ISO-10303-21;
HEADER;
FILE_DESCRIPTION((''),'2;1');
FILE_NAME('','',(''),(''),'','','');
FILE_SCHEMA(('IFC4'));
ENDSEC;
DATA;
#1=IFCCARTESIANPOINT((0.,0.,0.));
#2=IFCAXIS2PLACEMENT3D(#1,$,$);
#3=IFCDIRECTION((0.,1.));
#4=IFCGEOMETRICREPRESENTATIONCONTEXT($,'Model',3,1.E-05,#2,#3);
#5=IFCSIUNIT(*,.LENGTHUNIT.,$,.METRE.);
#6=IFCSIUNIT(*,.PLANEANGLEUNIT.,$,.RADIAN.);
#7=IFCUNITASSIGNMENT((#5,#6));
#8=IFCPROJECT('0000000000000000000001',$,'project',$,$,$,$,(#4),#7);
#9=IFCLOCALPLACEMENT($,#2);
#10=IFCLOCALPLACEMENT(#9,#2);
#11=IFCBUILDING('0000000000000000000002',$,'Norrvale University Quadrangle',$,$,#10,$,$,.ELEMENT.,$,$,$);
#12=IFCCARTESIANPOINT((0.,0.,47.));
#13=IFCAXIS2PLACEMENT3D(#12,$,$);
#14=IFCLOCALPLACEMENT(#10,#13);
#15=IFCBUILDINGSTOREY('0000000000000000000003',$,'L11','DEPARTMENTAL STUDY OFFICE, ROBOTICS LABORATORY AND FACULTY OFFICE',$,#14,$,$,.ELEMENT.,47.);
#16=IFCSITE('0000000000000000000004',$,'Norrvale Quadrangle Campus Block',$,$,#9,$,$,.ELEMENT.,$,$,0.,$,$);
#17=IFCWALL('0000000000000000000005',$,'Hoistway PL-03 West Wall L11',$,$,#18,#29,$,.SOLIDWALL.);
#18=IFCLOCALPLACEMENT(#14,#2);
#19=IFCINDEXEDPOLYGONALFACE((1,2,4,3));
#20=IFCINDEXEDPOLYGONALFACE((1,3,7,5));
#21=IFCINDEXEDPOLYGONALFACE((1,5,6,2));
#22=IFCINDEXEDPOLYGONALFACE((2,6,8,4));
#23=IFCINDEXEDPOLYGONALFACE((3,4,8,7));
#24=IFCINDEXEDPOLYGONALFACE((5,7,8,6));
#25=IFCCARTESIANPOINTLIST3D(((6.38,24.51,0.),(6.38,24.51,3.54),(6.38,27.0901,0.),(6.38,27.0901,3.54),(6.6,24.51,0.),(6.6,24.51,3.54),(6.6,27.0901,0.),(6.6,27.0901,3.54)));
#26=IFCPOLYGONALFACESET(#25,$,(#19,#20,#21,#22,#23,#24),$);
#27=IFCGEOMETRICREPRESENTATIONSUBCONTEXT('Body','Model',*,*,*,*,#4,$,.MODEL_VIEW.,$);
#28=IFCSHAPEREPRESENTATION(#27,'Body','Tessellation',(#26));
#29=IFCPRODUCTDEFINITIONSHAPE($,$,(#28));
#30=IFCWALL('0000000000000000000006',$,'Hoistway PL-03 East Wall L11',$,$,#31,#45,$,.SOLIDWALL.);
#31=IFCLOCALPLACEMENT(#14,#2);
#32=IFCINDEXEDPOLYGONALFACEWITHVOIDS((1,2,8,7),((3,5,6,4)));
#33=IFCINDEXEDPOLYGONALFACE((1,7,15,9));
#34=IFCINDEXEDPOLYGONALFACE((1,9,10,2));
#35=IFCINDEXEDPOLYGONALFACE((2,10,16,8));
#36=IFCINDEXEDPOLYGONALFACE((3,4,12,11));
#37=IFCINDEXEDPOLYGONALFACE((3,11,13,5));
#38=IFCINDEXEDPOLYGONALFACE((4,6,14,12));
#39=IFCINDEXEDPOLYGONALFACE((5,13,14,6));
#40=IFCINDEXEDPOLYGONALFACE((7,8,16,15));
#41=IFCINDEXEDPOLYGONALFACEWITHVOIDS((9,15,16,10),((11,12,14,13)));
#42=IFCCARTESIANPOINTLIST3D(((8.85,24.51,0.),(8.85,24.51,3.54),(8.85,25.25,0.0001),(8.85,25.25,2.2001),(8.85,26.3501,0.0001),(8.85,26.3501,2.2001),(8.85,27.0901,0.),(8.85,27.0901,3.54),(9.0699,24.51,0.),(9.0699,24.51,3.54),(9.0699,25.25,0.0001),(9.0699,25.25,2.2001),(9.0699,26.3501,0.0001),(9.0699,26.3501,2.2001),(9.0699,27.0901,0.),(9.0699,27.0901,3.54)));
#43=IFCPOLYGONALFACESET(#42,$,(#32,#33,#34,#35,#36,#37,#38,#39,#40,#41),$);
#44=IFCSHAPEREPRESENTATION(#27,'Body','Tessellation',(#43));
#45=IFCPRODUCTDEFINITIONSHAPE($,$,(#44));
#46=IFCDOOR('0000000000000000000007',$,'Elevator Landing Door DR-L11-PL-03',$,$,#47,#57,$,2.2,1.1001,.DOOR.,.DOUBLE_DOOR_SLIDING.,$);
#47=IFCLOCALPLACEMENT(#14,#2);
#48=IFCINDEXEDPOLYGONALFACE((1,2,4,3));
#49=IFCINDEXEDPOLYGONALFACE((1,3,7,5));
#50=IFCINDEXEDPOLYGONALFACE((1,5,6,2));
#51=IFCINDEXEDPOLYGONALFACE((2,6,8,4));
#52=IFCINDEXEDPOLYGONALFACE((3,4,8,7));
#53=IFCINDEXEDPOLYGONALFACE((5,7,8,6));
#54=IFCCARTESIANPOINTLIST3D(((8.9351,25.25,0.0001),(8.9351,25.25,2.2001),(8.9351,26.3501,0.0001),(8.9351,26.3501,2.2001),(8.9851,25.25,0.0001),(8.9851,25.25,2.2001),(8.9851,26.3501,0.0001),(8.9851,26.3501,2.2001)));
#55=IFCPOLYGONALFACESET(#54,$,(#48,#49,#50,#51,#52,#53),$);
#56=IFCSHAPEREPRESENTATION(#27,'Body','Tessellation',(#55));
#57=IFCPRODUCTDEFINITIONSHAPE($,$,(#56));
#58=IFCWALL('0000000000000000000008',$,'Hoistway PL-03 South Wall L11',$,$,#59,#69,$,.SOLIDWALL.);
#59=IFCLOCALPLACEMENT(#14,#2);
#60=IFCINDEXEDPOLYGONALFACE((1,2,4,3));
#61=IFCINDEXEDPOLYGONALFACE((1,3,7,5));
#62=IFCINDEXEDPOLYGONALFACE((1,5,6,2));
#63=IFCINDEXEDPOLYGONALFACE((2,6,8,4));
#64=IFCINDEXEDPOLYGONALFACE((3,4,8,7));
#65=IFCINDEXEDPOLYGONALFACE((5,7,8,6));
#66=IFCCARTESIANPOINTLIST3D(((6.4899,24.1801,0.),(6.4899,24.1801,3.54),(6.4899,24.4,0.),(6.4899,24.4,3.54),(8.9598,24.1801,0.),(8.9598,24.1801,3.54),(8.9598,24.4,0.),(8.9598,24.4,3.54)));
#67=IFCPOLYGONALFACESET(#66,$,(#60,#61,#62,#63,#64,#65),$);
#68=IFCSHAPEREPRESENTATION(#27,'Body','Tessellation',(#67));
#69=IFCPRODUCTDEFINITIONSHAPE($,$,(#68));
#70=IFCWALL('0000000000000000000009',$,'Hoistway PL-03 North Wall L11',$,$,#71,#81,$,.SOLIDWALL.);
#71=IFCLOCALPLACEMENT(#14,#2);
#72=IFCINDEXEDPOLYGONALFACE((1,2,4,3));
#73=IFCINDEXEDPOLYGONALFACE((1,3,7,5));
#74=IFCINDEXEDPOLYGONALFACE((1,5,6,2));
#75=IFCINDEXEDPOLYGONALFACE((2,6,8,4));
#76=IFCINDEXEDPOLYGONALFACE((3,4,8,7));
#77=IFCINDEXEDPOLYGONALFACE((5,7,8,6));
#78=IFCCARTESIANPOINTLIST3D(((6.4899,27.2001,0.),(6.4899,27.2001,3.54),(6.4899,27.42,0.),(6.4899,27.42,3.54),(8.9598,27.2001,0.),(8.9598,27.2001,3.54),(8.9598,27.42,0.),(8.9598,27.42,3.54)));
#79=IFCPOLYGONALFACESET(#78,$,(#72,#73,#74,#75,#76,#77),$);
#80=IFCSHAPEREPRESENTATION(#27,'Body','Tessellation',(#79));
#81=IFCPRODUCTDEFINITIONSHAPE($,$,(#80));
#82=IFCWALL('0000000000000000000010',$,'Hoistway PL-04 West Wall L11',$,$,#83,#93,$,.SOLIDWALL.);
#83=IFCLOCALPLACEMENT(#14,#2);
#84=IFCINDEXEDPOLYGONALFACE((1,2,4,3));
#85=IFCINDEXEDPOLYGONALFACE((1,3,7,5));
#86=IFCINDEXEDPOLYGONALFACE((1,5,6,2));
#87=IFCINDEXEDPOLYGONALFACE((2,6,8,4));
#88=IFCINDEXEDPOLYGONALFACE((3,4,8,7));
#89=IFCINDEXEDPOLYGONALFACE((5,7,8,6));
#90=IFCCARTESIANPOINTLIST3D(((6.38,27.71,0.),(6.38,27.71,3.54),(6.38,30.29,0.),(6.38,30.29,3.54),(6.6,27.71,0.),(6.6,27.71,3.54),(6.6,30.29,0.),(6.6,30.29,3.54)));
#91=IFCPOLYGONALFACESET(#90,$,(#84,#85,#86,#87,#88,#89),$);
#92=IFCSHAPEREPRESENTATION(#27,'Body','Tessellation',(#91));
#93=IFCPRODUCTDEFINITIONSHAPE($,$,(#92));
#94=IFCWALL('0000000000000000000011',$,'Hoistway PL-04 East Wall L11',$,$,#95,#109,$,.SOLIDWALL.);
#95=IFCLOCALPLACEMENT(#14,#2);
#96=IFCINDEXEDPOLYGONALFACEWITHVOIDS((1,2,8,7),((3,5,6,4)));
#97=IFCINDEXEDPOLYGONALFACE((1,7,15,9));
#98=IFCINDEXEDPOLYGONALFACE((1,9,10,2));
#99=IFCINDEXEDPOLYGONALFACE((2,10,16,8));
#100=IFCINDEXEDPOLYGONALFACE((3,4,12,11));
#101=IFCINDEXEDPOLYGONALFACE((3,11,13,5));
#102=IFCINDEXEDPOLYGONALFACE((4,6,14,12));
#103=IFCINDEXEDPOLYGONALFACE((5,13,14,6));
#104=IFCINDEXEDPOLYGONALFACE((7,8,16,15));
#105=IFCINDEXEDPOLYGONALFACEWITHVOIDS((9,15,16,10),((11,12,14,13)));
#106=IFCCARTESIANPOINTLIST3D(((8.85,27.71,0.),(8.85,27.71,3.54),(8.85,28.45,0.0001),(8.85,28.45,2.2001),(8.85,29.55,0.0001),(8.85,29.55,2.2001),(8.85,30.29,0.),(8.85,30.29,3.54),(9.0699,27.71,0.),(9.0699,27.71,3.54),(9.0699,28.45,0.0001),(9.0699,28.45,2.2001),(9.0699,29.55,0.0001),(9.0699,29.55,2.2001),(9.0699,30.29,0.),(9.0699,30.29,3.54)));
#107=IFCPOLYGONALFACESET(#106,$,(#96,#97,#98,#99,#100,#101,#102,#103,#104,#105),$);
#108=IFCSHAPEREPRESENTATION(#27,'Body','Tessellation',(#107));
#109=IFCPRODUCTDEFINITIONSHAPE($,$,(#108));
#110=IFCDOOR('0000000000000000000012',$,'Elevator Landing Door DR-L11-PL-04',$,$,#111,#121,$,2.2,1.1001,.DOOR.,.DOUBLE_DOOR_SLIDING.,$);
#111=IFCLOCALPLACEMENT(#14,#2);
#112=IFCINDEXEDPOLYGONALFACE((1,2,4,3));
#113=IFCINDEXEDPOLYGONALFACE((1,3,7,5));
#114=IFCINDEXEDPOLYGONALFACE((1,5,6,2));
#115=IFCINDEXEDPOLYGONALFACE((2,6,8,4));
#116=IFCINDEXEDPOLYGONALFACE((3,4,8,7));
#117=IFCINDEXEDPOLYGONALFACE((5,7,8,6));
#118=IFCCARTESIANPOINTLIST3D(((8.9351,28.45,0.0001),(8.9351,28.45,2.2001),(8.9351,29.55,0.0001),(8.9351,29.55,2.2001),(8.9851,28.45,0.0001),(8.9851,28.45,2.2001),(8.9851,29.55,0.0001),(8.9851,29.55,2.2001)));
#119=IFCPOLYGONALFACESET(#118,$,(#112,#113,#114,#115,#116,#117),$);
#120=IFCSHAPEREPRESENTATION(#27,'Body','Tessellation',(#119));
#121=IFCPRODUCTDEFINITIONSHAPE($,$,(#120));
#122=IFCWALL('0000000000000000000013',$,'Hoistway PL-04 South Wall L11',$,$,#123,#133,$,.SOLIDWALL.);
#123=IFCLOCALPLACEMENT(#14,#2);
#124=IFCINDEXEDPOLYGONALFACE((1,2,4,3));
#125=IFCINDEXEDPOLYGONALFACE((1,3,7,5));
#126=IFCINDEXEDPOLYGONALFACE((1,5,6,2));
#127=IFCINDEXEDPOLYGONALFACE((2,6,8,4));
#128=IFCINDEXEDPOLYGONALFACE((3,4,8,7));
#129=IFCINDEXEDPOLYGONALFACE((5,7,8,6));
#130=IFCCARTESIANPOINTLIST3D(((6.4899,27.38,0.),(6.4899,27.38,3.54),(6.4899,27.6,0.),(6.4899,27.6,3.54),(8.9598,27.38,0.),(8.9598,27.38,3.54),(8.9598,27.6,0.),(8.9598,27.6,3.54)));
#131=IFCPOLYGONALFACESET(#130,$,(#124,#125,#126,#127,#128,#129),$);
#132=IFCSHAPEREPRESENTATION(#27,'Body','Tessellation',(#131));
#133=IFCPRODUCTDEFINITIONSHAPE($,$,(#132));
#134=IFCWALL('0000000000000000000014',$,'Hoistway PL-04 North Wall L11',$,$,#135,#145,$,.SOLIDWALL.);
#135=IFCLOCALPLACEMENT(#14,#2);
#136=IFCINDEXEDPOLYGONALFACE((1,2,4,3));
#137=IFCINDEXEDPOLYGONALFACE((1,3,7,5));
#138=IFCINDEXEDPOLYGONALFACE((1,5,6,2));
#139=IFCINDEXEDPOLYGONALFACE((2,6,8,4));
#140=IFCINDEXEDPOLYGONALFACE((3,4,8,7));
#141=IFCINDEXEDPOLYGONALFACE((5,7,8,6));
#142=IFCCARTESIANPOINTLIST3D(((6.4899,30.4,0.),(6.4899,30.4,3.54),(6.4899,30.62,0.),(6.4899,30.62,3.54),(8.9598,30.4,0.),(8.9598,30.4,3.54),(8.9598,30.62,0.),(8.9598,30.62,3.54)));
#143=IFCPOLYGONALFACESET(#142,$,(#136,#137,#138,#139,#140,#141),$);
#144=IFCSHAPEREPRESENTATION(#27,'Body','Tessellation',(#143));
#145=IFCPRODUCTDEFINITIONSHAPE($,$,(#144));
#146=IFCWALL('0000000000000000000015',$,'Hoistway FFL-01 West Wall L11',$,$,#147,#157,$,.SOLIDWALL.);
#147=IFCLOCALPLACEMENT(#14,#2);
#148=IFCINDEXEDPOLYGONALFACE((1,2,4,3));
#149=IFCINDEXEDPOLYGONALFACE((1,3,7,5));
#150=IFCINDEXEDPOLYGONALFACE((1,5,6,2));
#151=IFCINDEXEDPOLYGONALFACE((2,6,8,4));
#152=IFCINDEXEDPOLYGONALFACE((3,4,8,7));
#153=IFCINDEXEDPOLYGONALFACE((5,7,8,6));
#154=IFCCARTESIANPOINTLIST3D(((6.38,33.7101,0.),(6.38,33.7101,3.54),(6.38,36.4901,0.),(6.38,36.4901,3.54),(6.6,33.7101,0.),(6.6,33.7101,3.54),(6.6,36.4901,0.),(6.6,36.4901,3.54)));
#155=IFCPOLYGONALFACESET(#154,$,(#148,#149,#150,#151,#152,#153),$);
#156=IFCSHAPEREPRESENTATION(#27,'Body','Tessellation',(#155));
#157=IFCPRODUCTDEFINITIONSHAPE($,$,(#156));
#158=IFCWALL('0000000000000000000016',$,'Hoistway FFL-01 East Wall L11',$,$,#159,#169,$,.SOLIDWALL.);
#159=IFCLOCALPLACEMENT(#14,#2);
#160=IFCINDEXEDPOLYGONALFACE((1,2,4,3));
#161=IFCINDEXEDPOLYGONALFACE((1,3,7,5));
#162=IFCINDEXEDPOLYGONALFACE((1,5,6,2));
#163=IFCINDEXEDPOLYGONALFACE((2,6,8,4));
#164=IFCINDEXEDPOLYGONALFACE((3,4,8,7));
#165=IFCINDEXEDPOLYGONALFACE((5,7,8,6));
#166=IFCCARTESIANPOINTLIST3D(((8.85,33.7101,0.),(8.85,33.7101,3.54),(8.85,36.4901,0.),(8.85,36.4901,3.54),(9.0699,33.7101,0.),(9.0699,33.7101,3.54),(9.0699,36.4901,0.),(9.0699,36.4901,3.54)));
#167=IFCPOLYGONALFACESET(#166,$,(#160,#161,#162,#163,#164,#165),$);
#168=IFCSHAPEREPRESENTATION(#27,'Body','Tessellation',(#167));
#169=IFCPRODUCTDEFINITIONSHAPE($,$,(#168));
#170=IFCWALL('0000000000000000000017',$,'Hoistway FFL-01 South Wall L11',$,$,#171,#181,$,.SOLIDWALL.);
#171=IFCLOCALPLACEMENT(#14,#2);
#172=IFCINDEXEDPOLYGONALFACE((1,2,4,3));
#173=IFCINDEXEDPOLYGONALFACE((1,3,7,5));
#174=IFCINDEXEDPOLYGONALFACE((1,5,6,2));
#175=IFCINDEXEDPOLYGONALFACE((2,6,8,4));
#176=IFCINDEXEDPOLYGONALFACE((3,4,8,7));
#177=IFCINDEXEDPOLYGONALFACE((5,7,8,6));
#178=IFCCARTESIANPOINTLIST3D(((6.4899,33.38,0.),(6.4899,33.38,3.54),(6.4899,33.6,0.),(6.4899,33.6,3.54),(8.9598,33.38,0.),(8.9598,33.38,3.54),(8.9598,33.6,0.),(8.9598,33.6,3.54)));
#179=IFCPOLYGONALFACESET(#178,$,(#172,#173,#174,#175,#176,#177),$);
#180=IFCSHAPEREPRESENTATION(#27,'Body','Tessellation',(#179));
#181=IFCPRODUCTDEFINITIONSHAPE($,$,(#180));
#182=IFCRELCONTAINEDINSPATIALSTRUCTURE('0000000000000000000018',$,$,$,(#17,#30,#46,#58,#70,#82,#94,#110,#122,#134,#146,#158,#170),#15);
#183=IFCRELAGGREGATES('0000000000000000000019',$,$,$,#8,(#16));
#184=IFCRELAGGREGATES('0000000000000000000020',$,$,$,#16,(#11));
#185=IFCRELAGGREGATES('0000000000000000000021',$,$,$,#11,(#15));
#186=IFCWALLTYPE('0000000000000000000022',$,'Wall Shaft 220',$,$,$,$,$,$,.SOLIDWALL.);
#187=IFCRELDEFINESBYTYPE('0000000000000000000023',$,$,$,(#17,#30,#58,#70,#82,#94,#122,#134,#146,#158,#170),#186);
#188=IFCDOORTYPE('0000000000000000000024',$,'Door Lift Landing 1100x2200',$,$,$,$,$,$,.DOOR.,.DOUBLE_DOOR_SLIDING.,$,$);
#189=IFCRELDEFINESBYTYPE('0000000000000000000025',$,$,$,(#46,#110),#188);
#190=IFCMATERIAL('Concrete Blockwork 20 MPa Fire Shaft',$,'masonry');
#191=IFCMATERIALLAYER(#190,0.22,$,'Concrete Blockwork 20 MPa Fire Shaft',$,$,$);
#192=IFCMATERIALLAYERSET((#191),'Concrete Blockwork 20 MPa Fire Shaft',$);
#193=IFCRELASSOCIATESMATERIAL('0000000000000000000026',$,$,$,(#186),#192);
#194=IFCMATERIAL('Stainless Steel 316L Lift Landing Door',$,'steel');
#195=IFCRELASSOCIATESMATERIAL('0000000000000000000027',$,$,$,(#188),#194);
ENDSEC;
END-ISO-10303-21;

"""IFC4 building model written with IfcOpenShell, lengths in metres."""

from ifc_helpers import new_model, si_unit, direction, frame, frame_2d, origin, place, context, subcontext, project, spatial, rectangle, extrude, material, layer, layer_set, type_object, element, fill, save


model = new_model("IFC4")

# Units and contexts
model_context = context("Model", 3, precision=1e-05, world=origin(), true_north=direction((0.0, 1.0)))
body_context = subcontext(model_context, "Body", "Model", "MODEL_VIEW")
ifc_project = project(units=[si_unit("LENGTHUNIT", "METRE"), si_unit("PLANEANGLEUNIT", "RADIAN")], contexts=[model_context])

# Site, building, storey
site_placement = place(None, origin())
site = spatial("IfcSite", under=ifc_project, at=site_placement, Name="Norrvale Quadrangle Campus Block", CompositionType="ELEMENT", RefElevation=0.0)
building_placement = place(site_placement, origin())
building = spatial("IfcBuilding", under=site, at=building_placement, Name="Norrvale University Quadrangle", CompositionType="ELEMENT")
storey_placement = place(building_placement, frame((0.0, 0.0, 47.0)))
storey = spatial("IfcBuildingStorey", under=building, at=storey_placement, Name="L11", Description="DEPARTMENTAL STUDY OFFICE, ROBOTICS LABORATORY AND FACULTY OFFICE", CompositionType="ELEMENT", Elevation=47.0)

# Wall
ifc_material_1 = material(Name="Concrete Blockwork 20 MPa Fire Shaft", Category="masonry")
ifc_layer_1 = layer(ifc_material_1, 0.22, Name="Concrete Blockwork 20 MPa Fire Shaft")
ifc_layer_set_1 = layer_set([ifc_layer_1], Name="Concrete Blockwork 20 MPa Fire Shaft")
wall_type_1 = type_object("IfcWallType", Name="Wall Shaft 220", PredefinedType="SOLIDWALL", material=ifc_layer_set_1)
wall_1_placement = place(storey_placement, frame((6.49, 24.51, 0.0), z_axis=(0.0, 0.0, 1.0), x_axis=(0.0, 1.0, 0.0)))
element("IfcWall", 1, at=wall_1_placement, inside=storey, type_object=wall_type_1, Name="Hoistway PL-03 West Wall L11", PredefinedType="SOLIDWALL", context=body_context, shape_type="SweptSolid", body=[
    extrude(rectangle(XDim=2.5801, YDim=0.22, at=frame_2d((1.29, 0.0))), origin(), (0.0, 0.0, 1.0), 3.54),
])

# Wall, opening, door
wall_2_placement = place(storey_placement, frame((8.96, 24.51, 0.0), z_axis=(0.0, 0.0, 1.0), x_axis=(0.0, 1.0, 0.0)))
wall_2 = element("IfcWall", 2, at=wall_2_placement, inside=storey, type_object=wall_type_1, Name="Hoistway PL-03 East Wall L11", PredefinedType="SOLIDWALL", context=body_context, shape_type="SweptSolid", body=[
    extrude(rectangle(XDim=2.5801, YDim=0.22, at=frame_2d((1.29, 0.0))), origin(), (0.0, 0.0, 1.0), 3.54),
])
opening_1_placement = place(wall_2_placement, frame((0.74, 0.0, 0.0)))
opening_1 = element("IfcOpeningElement", 3, at=opening_1_placement, cuts=wall_2, PredefinedType="OPENING", context=body_context, shape_type="SweptSolid", body=[
    extrude(rectangle(XDim=1.1001, YDim=2.2, at=frame_2d((0.55, 1.1001))), frame((0.0, 0.1221, 0.0), z_axis=(0.0, -1.0, 0.0), x_axis=(1.0, 0.0, 0.0)), (0.0, 0.0, 1.0), 0.2439),
])
ifc_material_2 = material(Name="Stainless Steel 316L Lift Landing Door", Category="steel")
door_type_1 = type_object("IfcDoorType", Name="Door Lift Landing 1100x2200", OperationType="DOUBLE_DOOR_SLIDING", PredefinedType="DOOR", material=ifc_material_2)
door_1_placement = place(opening_1_placement, origin())
door_1 = element("IfcDoor", 4, at=door_1_placement, inside=storey, type_object=door_type_1, Name="Elevator Landing Door DR-L11-PL-03", OperationType="DOUBLE_DOOR_SLIDING", OverallHeight=2.2, OverallWidth=1.1001, PredefinedType="DOOR", context=body_context, shape_type="SweptSolid", body=[
    extrude(rectangle(XDim=1.1001, YDim=2.2, at=frame_2d((0.55, 1.1001))), frame((0.0, 0.0249, 0.0), z_axis=(0.0, -1.0, 0.0), x_axis=(1.0, 0.0, 0.0)), (0.0, 0.0, 1.0), 0.05),
])
fill(opening_1, door_1)

# Walls
for number, where, z_axis, x_axis, name in (
    (5, (6.49, 24.29, 0.0), (0.0, 0.0, 1.0), (1.0, 0.0, 0.0), "Hoistway PL-03 South Wall L11"),
    (6, (6.49, 27.3101, 0.0), (0.0, 0.0, 1.0), (1.0, 0.0, 0.0), "Hoistway PL-03 North Wall L11"),
):
    element("IfcWall", number, at=place(storey_placement, frame(where, z_axis=z_axis, x_axis=x_axis)), inside=storey, type_object=wall_type_1, Name=name, PredefinedType="SOLIDWALL", context=body_context, shape_type="SweptSolid", body=[
        extrude(rectangle(XDim=2.47, YDim=0.22, at=frame_2d((1.2349, 0.0))), origin(), (0.0, 0.0, 1.0), 3.54),
    ])
wall_3_placement = place(storey_placement, frame((6.49, 27.71, 0.0), z_axis=(0.0, 0.0, 1.0), x_axis=(0.0, 1.0, 0.0)))
element("IfcWall", 7, at=wall_3_placement, inside=storey, type_object=wall_type_1, Name="Hoistway PL-04 West Wall L11", PredefinedType="SOLIDWALL", context=body_context, shape_type="SweptSolid", body=[
    extrude(rectangle(XDim=2.5801, YDim=0.22, at=frame_2d((1.29, 0.0))), origin(), (0.0, 0.0, 1.0), 3.54),
])

# Wall, opening, door
wall_4_placement = place(storey_placement, frame((8.96, 27.71, 0.0), z_axis=(0.0, 0.0, 1.0), x_axis=(0.0, 1.0, 0.0)))
wall_4 = element("IfcWall", 8, at=wall_4_placement, inside=storey, type_object=wall_type_1, Name="Hoistway PL-04 East Wall L11", PredefinedType="SOLIDWALL", context=body_context, shape_type="SweptSolid", body=[
    extrude(rectangle(XDim=2.5801, YDim=0.22, at=frame_2d((1.29, 0.0))), origin(), (0.0, 0.0, 1.0), 3.54),
])
opening_2_placement = place(wall_4_placement, frame((0.74, 0.0, 0.0)))
opening_2 = element("IfcOpeningElement", 9, at=opening_2_placement, cuts=wall_4, PredefinedType="OPENING", context=body_context, shape_type="SweptSolid", body=[
    extrude(rectangle(XDim=1.1001, YDim=2.2, at=frame_2d((0.55, 1.1001))), frame((0.0, 0.1221, 0.0), z_axis=(0.0, -1.0, 0.0), x_axis=(1.0, 0.0, 0.0)), (0.0, 0.0, 1.0), 0.2439),
])
door_2_placement = place(opening_2_placement, origin())
door_2 = element("IfcDoor", 10, at=door_2_placement, inside=storey, type_object=door_type_1, Name="Elevator Landing Door DR-L11-PL-04", OperationType="DOUBLE_DOOR_SLIDING", OverallHeight=2.2, OverallWidth=1.1001, PredefinedType="DOOR", context=body_context, shape_type="SweptSolid", body=[
    extrude(rectangle(XDim=1.1001, YDim=2.2, at=frame_2d((0.55, 1.1001))), frame((0.0, 0.0249, 0.0), z_axis=(0.0, -1.0, 0.0), x_axis=(1.0, 0.0, 0.0)), (0.0, 0.0, 1.0), 0.05),
])
fill(opening_2, door_2)

# Walls
for number, where, z_axis, x_axis, name in (
    (11, (6.49, 27.49, 0.0), (0.0, 0.0, 1.0), (1.0, 0.0, 0.0), "Hoistway PL-04 South Wall L11"),
    (12, (6.49, 30.51, 0.0), (0.0, 0.0, 1.0), (1.0, 0.0, 0.0), "Hoistway PL-04 North Wall L11"),
):
    element("IfcWall", number, at=place(storey_placement, frame(where, z_axis=z_axis, x_axis=x_axis)), inside=storey, type_object=wall_type_1, Name=name, PredefinedType="SOLIDWALL", context=body_context, shape_type="SweptSolid", body=[
        extrude(rectangle(XDim=2.47, YDim=0.22, at=frame_2d((1.2349, 0.0))), origin(), (0.0, 0.0, 1.0), 3.54),
    ])
for number, where, z_axis, x_axis, name in (
    (13, (6.49, 33.71, 0.0), (0.0, 0.0, 1.0), (0.0, 1.0, 0.0), "Hoistway FFL-01 West Wall L11"),
    (14, (8.96, 33.71, 0.0), (0.0, 0.0, 1.0), (0.0, 1.0, 0.0), "Hoistway FFL-01 East Wall L11"),
):
    element("IfcWall", number, at=place(storey_placement, frame(where, z_axis=z_axis, x_axis=x_axis)), inside=storey, type_object=wall_type_1, Name=name, PredefinedType="SOLIDWALL", context=body_context, shape_type="SweptSolid", body=[
        extrude(rectangle(XDim=2.78, YDim=0.22, at=frame_2d((1.3901, 0.0))), origin(), (0.0, 0.0, 1.0), 3.54),
    ])
wall_5_placement = place(storey_placement, frame((6.49, 33.49, 0.0), z_axis=(0.0, 0.0, 1.0), x_axis=(1.0, 0.0, 0.0)))
element("IfcWall", 15, at=wall_5_placement, inside=storey, type_object=wall_type_1, Name="Hoistway FFL-01 South Wall L11", PredefinedType="SOLIDWALL", context=body_context, shape_type="SweptSolid", body=[
    extrude(rectangle(XDim=2.47, YDim=0.22, at=frame_2d((1.2349, 0.0))), origin(), (0.0, 0.0, 1.0), 3.54),
])

save(model, "model.ifc")
